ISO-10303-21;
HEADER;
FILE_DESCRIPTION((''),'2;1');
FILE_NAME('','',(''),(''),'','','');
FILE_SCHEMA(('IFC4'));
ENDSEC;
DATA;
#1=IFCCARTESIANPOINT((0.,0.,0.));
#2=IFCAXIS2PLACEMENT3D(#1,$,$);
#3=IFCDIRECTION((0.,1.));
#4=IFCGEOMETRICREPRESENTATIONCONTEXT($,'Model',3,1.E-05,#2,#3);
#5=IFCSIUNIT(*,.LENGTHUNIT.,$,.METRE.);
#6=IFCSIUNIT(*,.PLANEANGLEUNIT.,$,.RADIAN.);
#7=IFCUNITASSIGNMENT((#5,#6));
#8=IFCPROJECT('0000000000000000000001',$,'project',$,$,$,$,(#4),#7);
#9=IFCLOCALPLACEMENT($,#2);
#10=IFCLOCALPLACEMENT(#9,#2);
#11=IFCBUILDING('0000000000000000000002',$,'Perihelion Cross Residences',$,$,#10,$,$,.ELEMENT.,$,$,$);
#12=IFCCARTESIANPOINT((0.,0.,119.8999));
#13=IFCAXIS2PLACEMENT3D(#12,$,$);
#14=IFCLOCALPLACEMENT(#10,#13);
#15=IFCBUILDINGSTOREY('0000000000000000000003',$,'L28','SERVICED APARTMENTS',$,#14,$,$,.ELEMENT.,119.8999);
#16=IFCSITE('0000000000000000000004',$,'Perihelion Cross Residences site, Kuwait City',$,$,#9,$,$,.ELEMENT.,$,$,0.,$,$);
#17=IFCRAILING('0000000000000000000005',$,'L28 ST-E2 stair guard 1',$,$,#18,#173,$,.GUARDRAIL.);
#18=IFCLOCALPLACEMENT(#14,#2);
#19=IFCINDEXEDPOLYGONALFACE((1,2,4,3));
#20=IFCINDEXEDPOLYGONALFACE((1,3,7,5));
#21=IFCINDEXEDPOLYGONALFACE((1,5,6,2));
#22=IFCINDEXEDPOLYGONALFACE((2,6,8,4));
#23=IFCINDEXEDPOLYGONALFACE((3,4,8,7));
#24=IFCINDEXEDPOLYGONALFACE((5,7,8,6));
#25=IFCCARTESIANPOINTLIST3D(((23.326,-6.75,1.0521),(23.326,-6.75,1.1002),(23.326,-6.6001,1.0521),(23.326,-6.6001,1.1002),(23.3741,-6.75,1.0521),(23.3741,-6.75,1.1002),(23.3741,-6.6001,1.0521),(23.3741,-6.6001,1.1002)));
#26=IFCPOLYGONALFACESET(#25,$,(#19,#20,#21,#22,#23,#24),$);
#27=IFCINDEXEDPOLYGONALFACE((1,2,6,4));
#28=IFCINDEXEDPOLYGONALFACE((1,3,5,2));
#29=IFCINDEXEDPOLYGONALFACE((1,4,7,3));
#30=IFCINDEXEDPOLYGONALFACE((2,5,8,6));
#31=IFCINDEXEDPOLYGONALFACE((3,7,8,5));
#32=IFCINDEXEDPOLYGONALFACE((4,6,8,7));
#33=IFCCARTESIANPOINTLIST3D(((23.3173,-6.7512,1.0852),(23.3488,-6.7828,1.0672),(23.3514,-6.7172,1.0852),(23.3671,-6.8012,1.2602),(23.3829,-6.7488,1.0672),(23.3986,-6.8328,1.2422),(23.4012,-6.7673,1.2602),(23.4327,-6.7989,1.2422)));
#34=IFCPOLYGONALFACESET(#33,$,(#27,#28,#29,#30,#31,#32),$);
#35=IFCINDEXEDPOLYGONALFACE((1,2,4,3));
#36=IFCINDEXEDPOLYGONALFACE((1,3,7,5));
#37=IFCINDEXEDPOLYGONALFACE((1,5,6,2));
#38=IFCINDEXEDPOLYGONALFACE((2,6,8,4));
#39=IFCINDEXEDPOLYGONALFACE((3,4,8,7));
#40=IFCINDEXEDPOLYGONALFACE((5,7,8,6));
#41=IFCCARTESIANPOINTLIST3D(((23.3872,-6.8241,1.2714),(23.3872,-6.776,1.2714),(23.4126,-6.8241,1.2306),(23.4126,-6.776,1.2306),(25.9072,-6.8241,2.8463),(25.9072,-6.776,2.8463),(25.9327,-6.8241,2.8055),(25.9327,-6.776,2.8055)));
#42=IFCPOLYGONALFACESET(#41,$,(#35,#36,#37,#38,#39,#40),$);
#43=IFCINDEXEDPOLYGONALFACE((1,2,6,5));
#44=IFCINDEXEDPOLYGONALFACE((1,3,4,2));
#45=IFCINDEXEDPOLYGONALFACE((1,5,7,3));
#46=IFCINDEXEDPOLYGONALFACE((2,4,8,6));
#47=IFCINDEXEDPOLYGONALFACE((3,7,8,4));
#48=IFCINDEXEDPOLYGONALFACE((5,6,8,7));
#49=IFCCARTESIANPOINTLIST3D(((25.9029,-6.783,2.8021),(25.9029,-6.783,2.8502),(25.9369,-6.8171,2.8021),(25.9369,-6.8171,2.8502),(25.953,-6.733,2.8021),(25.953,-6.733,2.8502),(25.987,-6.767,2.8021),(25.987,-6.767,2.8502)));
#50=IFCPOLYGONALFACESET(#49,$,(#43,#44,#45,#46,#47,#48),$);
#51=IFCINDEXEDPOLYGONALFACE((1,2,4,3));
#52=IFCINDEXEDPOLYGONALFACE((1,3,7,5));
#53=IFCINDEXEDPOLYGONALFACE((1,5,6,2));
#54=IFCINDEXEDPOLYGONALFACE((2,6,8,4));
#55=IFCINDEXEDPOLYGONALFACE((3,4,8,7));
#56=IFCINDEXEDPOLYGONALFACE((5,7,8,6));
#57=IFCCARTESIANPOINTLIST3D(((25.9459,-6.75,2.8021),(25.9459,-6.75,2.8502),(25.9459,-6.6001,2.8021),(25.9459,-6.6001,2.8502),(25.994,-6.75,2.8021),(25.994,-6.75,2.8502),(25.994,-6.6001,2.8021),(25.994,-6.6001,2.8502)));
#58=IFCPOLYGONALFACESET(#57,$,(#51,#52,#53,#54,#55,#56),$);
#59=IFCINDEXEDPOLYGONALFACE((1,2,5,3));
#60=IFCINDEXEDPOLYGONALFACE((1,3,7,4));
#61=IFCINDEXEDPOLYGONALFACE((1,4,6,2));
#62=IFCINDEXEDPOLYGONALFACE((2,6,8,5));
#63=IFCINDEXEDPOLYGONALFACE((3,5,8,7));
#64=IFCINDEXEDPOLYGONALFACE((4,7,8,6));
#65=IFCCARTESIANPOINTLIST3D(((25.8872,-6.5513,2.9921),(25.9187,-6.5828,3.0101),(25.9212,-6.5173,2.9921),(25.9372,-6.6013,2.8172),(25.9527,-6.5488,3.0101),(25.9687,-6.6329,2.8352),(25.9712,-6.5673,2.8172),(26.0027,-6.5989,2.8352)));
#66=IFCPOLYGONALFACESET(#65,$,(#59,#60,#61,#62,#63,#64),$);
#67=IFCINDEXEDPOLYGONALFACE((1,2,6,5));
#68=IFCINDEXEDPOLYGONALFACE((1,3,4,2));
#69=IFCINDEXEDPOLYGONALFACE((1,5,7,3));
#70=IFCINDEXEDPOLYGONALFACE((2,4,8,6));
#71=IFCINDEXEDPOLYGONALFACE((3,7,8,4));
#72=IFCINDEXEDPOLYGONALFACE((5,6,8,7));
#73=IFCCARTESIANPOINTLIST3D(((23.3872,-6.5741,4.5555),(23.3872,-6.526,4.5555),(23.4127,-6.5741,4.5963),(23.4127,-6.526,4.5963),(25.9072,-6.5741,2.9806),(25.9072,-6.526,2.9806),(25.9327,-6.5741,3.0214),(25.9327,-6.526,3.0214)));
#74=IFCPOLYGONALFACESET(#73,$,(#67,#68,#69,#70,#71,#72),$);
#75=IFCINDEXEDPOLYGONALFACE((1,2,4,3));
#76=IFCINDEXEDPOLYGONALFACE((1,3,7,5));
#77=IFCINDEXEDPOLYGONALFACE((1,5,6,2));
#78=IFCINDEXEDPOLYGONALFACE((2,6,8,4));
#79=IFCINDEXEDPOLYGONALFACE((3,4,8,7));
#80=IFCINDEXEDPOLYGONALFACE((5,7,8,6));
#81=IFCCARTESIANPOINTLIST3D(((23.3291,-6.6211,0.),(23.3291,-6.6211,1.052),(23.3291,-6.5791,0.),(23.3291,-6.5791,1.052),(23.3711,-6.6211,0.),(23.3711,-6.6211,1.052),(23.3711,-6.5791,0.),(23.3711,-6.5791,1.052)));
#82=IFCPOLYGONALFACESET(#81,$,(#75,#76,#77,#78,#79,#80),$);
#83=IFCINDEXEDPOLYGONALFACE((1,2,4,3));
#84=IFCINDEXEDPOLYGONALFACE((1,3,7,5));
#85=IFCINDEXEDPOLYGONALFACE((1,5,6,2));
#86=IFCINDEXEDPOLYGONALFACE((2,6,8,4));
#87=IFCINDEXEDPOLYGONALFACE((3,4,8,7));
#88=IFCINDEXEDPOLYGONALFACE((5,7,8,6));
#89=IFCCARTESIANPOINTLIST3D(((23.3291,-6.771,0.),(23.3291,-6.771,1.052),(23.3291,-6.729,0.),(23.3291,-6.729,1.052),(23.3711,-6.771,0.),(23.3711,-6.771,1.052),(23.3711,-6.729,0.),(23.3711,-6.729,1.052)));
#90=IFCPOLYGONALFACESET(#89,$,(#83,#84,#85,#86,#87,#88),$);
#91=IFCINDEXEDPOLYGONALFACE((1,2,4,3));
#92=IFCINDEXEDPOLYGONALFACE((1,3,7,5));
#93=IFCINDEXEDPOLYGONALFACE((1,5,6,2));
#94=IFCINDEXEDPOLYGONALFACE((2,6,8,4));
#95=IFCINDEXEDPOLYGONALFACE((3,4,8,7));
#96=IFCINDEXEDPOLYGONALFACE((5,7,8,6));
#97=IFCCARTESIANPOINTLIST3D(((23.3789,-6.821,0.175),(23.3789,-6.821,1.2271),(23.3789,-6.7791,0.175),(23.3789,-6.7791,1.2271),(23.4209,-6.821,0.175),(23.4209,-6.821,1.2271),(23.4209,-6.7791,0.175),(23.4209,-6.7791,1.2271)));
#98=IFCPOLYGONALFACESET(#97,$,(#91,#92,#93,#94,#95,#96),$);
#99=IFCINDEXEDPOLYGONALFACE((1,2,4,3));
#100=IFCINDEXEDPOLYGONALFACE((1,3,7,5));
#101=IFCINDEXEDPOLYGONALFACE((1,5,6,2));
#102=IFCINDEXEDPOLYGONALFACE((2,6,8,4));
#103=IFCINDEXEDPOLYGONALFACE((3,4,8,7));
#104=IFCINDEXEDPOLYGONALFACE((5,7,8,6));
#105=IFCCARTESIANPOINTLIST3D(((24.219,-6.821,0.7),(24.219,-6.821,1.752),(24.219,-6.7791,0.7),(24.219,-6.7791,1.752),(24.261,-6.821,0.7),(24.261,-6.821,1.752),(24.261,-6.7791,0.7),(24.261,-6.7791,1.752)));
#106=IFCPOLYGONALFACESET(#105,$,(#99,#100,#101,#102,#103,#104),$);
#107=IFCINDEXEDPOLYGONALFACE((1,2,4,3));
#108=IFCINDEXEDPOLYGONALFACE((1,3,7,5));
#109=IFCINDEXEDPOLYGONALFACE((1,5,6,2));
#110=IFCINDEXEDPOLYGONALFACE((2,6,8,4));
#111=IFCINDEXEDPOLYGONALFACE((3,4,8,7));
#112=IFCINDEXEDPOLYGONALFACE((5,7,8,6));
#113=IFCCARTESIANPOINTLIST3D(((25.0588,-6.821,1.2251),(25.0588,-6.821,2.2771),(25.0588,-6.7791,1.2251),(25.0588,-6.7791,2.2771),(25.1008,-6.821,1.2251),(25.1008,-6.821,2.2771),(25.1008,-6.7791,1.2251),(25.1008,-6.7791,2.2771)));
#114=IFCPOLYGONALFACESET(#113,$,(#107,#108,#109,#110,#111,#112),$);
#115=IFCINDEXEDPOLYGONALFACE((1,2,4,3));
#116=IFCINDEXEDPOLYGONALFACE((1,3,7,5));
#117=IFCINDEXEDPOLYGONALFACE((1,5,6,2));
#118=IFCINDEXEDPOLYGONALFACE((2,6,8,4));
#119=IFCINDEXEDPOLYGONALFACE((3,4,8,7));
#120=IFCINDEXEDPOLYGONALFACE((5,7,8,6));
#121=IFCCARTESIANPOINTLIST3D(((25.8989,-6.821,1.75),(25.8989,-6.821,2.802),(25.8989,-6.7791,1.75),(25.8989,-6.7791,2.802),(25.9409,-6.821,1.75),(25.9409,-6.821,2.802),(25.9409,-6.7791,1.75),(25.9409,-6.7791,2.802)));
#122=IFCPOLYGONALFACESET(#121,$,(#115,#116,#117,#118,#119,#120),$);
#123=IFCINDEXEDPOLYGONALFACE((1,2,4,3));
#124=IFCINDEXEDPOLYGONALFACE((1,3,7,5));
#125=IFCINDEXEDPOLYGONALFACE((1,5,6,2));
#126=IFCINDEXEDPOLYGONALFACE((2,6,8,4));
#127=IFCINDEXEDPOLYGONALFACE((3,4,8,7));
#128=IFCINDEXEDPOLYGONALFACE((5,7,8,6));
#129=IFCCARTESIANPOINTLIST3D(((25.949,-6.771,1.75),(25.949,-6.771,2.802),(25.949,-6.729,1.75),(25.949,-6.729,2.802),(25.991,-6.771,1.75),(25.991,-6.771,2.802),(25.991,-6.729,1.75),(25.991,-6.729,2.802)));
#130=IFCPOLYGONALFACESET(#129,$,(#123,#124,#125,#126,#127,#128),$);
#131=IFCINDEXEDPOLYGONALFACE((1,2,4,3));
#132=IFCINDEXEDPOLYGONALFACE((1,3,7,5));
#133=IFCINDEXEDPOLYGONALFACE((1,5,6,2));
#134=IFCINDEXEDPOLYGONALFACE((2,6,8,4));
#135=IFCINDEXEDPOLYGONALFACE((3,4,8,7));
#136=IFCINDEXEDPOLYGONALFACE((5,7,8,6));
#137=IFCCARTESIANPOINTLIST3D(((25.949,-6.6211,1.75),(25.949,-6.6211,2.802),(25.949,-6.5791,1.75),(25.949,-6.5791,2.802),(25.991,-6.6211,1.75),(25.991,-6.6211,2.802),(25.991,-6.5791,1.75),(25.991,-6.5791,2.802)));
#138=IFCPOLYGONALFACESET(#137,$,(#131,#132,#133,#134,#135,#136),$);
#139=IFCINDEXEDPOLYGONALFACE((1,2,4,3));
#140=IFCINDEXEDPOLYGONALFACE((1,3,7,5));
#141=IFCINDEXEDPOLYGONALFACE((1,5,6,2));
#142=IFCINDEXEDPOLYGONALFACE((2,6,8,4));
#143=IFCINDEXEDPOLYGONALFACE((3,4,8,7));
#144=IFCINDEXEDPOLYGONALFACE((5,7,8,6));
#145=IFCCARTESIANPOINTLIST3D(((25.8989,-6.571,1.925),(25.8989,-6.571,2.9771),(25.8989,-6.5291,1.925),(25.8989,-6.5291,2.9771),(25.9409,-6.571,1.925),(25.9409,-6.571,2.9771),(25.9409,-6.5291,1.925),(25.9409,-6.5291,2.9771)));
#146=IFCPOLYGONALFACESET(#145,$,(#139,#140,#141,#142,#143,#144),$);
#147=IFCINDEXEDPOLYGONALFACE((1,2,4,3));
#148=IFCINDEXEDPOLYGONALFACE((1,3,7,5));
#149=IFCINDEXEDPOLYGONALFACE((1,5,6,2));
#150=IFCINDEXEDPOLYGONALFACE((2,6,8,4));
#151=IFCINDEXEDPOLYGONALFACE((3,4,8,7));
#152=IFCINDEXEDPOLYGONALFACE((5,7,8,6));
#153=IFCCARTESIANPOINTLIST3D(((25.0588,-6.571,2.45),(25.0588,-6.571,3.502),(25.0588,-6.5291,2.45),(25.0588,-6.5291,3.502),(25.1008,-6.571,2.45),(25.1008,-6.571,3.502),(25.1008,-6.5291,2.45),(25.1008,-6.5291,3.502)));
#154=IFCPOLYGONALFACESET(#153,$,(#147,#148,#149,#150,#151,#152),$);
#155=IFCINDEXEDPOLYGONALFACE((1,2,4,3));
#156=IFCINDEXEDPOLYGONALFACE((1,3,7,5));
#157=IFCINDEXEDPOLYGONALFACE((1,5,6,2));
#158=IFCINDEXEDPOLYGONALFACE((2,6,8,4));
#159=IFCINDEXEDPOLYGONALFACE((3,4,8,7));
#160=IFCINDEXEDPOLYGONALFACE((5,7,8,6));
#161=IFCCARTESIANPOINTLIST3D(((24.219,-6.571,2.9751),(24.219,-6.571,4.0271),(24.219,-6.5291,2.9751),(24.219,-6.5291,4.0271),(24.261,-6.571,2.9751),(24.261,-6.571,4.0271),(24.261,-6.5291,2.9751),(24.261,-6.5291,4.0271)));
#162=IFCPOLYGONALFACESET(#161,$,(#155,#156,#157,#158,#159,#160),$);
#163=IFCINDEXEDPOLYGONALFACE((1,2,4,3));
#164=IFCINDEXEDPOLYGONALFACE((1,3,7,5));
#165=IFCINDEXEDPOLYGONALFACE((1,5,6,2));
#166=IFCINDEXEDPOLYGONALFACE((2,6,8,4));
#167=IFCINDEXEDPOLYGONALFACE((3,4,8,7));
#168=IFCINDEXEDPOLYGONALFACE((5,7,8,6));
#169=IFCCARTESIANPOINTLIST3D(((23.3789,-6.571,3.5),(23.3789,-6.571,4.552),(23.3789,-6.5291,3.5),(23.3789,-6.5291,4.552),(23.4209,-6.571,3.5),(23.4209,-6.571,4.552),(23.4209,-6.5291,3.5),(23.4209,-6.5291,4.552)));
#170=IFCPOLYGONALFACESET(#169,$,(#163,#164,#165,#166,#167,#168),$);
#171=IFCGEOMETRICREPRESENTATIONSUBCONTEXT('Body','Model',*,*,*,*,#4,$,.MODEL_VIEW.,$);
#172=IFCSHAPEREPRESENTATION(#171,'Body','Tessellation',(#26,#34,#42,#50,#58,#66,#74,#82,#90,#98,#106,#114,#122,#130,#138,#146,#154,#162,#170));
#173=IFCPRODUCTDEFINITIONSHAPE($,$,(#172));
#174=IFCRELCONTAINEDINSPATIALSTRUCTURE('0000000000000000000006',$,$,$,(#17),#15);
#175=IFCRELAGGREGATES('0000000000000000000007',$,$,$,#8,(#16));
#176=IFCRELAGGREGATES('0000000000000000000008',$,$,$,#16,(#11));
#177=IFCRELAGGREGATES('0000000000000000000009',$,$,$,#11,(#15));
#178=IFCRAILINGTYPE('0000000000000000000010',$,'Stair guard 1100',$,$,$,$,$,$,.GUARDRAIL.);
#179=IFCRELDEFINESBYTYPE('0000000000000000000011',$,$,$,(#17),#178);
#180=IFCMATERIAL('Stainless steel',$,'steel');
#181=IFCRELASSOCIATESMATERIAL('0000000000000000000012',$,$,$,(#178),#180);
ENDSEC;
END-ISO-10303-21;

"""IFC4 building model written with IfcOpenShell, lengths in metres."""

from ifc_helpers import new_model, si_unit, direction, frame, origin, origin_2d, place, context, subcontext, project, spatial, rectangle, extrude, material, type_object, element, save


model = new_model("IFC4")

# Units and contexts
model_context = context("Model", 3, precision=1e-05, world=origin(), true_north=direction((0.0, 1.0)))
body_context = subcontext(model_context, "Body", "Model", "MODEL_VIEW")
ifc_project = project(units=[si_unit("LENGTHUNIT", "METRE"), si_unit("PLANEANGLEUNIT", "RADIAN")], contexts=[model_context])

# Site, building, storey
site_placement = place(None, origin())
site = spatial("IfcSite", under=ifc_project, at=site_placement, Name="Perihelion Cross Residences site, Kuwait City", CompositionType="ELEMENT", RefElevation=0.0)
building_placement = place(site_placement, origin())
building = spatial("IfcBuilding", under=site, at=building_placement, Name="Perihelion Cross Residences", CompositionType="ELEMENT")
storey_placement = place(building_placement, frame((0.0, 0.0, 119.8999)))
storey = spatial("IfcBuildingStorey", under=building, at=storey_placement, Name="L28", Description="SERVICED APARTMENTS", CompositionType="ELEMENT", Elevation=119.8999)

# Railing
ifc_material_1 = material(Name="Stainless steel", Category="steel")
railing_type_1 = type_object("IfcRailingType", Name="Stair guard 1100", PredefinedType="GUARDRAIL", material=ifc_material_1)
railing_1_placement = place(storey_placement, frame((23.3501, -6.6001, 0.0)))
element("IfcRailing", 1, at=railing_1_placement, inside=storey, type_object=railing_type_1, Name="L28 ST-E2 stair guard 1", PredefinedType="GUARDRAIL", context=body_context, shape_type="SweptSolid", body=[
    extrude(rectangle(XDim=0.0481, YDim=0.0481, at=origin_2d()), frame((0.0, 0.0, 1.0762), z_axis=(0.0, -1.0, 0.0), x_axis=(1.0, 0.0, 0.0)), (0.0, 0.0, 1.0), 0.1499),
    extrude(rectangle(XDim=0.0481, YDim=0.0481, at=origin_2d()), frame((0.0, -0.1499, 1.0762), z_axis=(0.263862, -0.265156, 0.927399), x_axis=(0.708834, 0.705376, 0.0)), (0.0, 0.0, 1.0), 0.1887),
    extrude(rectangle(XDim=0.0481, YDim=0.0481, at=origin_2d()), frame((0.0498, -0.2, 1.251), z_axis=(0.848008, 0.0, 0.529984), x_axis=(0.0, 1.0, 0.0)), (0.0, 0.0, 1.0), 2.9717),
    extrude(rectangle(XDim=0.0481, YDim=0.0481, at=origin_2d()), frame((2.5698, -0.2, 2.8262), z_axis=(0.707107, 0.707107, 0.0), x_axis=(-0.707107, 0.707107, 0.0)), (0.0, 0.0, 1.0), 0.0708),
    extrude(rectangle(XDim=0.0481, YDim=0.0481, at=origin_2d()), frame((2.6199, -0.1499, 2.8262), z_axis=(0.0, 1.0, 0.0), x_axis=(-1.0, 0.0, 0.0)), (0.0, 0.0, 1.0), 0.1499),
    extrude(rectangle(XDim=0.0481, YDim=0.0481, at=origin_2d()), frame((2.6199, 0.0, 2.8262), z_axis=(-0.265065, 0.265065, 0.927082), x_axis=(-0.707107, -0.707107, 0.0)), (0.0, 0.0, 1.0), 0.1887),
    extrude(rectangle(XDim=0.0481, YDim=0.0481, at=origin_2d()), frame((2.5698, 0.05, 3.001), z_axis=(-0.848008, 0.0, 0.529984), x_axis=(0.0, -1.0, 0.0)), (0.0, 0.0, 1.0), 2.9717),
    extrude(rectangle(XDim=0.042, YDim=0.042, at=origin_2d()), origin(), (0.0, 0.0, 1.0), 1.052),
    extrude(rectangle(XDim=0.042, YDim=0.042, at=origin_2d()), frame((0.0, -0.1499, 0.0)), (0.0, 0.0, 1.0), 1.052),
    extrude(rectangle(XDim=0.042, YDim=0.042, at=origin_2d()), frame((0.0498, -0.2, 0.175)), (0.0, 0.0, 1.0), 1.052),
    extrude(rectangle(XDim=0.042, YDim=0.042, at=origin_2d()), frame((0.8899, -0.2, 0.7)), (0.0, 0.0, 1.0), 1.052),
    extrude(rectangle(XDim=0.042, YDim=0.042, at=origin_2d()), frame((1.7297, -0.2, 1.2251)), (0.0, 0.0, 1.0), 1.052),
    extrude(rectangle(XDim=0.042, YDim=0.042, at=origin_2d()), frame((2.5698, -0.2, 1.75)), (0.0, 0.0, 1.0), 1.052),
    extrude(rectangle(XDim=0.042, YDim=0.042, at=origin_2d()), frame((2.6199, -0.1499, 1.75)), (0.0, 0.0, 1.0), 1.052),
    extrude(rectangle(XDim=0.042, YDim=0.042, at=origin_2d()), frame((2.6199, 0.0, 1.75)), (0.0, 0.0, 1.0), 1.052),
    extrude(rectangle(XDim=0.042, YDim=0.042, at=origin_2d()), frame((2.5698, 0.05, 1.925)), (0.0, 0.0, 1.0), 1.052),
    extrude(rectangle(XDim=0.042, YDim=0.042, at=origin_2d()), frame((1.7297, 0.05, 2.45)), (0.0, 0.0, 1.0), 1.052),
    extrude(rectangle(XDim=0.042, YDim=0.042, at=origin_2d()), frame((0.8899, 0.05, 2.9751)), (0.0, 0.0, 1.0), 1.052),
    extrude(rectangle(XDim=0.042, YDim=0.042, at=origin_2d()), frame((0.0498, 0.05, 3.5)), (0.0, 0.0, 1.0), 1.052),
])

save(model, "model.ifc")
